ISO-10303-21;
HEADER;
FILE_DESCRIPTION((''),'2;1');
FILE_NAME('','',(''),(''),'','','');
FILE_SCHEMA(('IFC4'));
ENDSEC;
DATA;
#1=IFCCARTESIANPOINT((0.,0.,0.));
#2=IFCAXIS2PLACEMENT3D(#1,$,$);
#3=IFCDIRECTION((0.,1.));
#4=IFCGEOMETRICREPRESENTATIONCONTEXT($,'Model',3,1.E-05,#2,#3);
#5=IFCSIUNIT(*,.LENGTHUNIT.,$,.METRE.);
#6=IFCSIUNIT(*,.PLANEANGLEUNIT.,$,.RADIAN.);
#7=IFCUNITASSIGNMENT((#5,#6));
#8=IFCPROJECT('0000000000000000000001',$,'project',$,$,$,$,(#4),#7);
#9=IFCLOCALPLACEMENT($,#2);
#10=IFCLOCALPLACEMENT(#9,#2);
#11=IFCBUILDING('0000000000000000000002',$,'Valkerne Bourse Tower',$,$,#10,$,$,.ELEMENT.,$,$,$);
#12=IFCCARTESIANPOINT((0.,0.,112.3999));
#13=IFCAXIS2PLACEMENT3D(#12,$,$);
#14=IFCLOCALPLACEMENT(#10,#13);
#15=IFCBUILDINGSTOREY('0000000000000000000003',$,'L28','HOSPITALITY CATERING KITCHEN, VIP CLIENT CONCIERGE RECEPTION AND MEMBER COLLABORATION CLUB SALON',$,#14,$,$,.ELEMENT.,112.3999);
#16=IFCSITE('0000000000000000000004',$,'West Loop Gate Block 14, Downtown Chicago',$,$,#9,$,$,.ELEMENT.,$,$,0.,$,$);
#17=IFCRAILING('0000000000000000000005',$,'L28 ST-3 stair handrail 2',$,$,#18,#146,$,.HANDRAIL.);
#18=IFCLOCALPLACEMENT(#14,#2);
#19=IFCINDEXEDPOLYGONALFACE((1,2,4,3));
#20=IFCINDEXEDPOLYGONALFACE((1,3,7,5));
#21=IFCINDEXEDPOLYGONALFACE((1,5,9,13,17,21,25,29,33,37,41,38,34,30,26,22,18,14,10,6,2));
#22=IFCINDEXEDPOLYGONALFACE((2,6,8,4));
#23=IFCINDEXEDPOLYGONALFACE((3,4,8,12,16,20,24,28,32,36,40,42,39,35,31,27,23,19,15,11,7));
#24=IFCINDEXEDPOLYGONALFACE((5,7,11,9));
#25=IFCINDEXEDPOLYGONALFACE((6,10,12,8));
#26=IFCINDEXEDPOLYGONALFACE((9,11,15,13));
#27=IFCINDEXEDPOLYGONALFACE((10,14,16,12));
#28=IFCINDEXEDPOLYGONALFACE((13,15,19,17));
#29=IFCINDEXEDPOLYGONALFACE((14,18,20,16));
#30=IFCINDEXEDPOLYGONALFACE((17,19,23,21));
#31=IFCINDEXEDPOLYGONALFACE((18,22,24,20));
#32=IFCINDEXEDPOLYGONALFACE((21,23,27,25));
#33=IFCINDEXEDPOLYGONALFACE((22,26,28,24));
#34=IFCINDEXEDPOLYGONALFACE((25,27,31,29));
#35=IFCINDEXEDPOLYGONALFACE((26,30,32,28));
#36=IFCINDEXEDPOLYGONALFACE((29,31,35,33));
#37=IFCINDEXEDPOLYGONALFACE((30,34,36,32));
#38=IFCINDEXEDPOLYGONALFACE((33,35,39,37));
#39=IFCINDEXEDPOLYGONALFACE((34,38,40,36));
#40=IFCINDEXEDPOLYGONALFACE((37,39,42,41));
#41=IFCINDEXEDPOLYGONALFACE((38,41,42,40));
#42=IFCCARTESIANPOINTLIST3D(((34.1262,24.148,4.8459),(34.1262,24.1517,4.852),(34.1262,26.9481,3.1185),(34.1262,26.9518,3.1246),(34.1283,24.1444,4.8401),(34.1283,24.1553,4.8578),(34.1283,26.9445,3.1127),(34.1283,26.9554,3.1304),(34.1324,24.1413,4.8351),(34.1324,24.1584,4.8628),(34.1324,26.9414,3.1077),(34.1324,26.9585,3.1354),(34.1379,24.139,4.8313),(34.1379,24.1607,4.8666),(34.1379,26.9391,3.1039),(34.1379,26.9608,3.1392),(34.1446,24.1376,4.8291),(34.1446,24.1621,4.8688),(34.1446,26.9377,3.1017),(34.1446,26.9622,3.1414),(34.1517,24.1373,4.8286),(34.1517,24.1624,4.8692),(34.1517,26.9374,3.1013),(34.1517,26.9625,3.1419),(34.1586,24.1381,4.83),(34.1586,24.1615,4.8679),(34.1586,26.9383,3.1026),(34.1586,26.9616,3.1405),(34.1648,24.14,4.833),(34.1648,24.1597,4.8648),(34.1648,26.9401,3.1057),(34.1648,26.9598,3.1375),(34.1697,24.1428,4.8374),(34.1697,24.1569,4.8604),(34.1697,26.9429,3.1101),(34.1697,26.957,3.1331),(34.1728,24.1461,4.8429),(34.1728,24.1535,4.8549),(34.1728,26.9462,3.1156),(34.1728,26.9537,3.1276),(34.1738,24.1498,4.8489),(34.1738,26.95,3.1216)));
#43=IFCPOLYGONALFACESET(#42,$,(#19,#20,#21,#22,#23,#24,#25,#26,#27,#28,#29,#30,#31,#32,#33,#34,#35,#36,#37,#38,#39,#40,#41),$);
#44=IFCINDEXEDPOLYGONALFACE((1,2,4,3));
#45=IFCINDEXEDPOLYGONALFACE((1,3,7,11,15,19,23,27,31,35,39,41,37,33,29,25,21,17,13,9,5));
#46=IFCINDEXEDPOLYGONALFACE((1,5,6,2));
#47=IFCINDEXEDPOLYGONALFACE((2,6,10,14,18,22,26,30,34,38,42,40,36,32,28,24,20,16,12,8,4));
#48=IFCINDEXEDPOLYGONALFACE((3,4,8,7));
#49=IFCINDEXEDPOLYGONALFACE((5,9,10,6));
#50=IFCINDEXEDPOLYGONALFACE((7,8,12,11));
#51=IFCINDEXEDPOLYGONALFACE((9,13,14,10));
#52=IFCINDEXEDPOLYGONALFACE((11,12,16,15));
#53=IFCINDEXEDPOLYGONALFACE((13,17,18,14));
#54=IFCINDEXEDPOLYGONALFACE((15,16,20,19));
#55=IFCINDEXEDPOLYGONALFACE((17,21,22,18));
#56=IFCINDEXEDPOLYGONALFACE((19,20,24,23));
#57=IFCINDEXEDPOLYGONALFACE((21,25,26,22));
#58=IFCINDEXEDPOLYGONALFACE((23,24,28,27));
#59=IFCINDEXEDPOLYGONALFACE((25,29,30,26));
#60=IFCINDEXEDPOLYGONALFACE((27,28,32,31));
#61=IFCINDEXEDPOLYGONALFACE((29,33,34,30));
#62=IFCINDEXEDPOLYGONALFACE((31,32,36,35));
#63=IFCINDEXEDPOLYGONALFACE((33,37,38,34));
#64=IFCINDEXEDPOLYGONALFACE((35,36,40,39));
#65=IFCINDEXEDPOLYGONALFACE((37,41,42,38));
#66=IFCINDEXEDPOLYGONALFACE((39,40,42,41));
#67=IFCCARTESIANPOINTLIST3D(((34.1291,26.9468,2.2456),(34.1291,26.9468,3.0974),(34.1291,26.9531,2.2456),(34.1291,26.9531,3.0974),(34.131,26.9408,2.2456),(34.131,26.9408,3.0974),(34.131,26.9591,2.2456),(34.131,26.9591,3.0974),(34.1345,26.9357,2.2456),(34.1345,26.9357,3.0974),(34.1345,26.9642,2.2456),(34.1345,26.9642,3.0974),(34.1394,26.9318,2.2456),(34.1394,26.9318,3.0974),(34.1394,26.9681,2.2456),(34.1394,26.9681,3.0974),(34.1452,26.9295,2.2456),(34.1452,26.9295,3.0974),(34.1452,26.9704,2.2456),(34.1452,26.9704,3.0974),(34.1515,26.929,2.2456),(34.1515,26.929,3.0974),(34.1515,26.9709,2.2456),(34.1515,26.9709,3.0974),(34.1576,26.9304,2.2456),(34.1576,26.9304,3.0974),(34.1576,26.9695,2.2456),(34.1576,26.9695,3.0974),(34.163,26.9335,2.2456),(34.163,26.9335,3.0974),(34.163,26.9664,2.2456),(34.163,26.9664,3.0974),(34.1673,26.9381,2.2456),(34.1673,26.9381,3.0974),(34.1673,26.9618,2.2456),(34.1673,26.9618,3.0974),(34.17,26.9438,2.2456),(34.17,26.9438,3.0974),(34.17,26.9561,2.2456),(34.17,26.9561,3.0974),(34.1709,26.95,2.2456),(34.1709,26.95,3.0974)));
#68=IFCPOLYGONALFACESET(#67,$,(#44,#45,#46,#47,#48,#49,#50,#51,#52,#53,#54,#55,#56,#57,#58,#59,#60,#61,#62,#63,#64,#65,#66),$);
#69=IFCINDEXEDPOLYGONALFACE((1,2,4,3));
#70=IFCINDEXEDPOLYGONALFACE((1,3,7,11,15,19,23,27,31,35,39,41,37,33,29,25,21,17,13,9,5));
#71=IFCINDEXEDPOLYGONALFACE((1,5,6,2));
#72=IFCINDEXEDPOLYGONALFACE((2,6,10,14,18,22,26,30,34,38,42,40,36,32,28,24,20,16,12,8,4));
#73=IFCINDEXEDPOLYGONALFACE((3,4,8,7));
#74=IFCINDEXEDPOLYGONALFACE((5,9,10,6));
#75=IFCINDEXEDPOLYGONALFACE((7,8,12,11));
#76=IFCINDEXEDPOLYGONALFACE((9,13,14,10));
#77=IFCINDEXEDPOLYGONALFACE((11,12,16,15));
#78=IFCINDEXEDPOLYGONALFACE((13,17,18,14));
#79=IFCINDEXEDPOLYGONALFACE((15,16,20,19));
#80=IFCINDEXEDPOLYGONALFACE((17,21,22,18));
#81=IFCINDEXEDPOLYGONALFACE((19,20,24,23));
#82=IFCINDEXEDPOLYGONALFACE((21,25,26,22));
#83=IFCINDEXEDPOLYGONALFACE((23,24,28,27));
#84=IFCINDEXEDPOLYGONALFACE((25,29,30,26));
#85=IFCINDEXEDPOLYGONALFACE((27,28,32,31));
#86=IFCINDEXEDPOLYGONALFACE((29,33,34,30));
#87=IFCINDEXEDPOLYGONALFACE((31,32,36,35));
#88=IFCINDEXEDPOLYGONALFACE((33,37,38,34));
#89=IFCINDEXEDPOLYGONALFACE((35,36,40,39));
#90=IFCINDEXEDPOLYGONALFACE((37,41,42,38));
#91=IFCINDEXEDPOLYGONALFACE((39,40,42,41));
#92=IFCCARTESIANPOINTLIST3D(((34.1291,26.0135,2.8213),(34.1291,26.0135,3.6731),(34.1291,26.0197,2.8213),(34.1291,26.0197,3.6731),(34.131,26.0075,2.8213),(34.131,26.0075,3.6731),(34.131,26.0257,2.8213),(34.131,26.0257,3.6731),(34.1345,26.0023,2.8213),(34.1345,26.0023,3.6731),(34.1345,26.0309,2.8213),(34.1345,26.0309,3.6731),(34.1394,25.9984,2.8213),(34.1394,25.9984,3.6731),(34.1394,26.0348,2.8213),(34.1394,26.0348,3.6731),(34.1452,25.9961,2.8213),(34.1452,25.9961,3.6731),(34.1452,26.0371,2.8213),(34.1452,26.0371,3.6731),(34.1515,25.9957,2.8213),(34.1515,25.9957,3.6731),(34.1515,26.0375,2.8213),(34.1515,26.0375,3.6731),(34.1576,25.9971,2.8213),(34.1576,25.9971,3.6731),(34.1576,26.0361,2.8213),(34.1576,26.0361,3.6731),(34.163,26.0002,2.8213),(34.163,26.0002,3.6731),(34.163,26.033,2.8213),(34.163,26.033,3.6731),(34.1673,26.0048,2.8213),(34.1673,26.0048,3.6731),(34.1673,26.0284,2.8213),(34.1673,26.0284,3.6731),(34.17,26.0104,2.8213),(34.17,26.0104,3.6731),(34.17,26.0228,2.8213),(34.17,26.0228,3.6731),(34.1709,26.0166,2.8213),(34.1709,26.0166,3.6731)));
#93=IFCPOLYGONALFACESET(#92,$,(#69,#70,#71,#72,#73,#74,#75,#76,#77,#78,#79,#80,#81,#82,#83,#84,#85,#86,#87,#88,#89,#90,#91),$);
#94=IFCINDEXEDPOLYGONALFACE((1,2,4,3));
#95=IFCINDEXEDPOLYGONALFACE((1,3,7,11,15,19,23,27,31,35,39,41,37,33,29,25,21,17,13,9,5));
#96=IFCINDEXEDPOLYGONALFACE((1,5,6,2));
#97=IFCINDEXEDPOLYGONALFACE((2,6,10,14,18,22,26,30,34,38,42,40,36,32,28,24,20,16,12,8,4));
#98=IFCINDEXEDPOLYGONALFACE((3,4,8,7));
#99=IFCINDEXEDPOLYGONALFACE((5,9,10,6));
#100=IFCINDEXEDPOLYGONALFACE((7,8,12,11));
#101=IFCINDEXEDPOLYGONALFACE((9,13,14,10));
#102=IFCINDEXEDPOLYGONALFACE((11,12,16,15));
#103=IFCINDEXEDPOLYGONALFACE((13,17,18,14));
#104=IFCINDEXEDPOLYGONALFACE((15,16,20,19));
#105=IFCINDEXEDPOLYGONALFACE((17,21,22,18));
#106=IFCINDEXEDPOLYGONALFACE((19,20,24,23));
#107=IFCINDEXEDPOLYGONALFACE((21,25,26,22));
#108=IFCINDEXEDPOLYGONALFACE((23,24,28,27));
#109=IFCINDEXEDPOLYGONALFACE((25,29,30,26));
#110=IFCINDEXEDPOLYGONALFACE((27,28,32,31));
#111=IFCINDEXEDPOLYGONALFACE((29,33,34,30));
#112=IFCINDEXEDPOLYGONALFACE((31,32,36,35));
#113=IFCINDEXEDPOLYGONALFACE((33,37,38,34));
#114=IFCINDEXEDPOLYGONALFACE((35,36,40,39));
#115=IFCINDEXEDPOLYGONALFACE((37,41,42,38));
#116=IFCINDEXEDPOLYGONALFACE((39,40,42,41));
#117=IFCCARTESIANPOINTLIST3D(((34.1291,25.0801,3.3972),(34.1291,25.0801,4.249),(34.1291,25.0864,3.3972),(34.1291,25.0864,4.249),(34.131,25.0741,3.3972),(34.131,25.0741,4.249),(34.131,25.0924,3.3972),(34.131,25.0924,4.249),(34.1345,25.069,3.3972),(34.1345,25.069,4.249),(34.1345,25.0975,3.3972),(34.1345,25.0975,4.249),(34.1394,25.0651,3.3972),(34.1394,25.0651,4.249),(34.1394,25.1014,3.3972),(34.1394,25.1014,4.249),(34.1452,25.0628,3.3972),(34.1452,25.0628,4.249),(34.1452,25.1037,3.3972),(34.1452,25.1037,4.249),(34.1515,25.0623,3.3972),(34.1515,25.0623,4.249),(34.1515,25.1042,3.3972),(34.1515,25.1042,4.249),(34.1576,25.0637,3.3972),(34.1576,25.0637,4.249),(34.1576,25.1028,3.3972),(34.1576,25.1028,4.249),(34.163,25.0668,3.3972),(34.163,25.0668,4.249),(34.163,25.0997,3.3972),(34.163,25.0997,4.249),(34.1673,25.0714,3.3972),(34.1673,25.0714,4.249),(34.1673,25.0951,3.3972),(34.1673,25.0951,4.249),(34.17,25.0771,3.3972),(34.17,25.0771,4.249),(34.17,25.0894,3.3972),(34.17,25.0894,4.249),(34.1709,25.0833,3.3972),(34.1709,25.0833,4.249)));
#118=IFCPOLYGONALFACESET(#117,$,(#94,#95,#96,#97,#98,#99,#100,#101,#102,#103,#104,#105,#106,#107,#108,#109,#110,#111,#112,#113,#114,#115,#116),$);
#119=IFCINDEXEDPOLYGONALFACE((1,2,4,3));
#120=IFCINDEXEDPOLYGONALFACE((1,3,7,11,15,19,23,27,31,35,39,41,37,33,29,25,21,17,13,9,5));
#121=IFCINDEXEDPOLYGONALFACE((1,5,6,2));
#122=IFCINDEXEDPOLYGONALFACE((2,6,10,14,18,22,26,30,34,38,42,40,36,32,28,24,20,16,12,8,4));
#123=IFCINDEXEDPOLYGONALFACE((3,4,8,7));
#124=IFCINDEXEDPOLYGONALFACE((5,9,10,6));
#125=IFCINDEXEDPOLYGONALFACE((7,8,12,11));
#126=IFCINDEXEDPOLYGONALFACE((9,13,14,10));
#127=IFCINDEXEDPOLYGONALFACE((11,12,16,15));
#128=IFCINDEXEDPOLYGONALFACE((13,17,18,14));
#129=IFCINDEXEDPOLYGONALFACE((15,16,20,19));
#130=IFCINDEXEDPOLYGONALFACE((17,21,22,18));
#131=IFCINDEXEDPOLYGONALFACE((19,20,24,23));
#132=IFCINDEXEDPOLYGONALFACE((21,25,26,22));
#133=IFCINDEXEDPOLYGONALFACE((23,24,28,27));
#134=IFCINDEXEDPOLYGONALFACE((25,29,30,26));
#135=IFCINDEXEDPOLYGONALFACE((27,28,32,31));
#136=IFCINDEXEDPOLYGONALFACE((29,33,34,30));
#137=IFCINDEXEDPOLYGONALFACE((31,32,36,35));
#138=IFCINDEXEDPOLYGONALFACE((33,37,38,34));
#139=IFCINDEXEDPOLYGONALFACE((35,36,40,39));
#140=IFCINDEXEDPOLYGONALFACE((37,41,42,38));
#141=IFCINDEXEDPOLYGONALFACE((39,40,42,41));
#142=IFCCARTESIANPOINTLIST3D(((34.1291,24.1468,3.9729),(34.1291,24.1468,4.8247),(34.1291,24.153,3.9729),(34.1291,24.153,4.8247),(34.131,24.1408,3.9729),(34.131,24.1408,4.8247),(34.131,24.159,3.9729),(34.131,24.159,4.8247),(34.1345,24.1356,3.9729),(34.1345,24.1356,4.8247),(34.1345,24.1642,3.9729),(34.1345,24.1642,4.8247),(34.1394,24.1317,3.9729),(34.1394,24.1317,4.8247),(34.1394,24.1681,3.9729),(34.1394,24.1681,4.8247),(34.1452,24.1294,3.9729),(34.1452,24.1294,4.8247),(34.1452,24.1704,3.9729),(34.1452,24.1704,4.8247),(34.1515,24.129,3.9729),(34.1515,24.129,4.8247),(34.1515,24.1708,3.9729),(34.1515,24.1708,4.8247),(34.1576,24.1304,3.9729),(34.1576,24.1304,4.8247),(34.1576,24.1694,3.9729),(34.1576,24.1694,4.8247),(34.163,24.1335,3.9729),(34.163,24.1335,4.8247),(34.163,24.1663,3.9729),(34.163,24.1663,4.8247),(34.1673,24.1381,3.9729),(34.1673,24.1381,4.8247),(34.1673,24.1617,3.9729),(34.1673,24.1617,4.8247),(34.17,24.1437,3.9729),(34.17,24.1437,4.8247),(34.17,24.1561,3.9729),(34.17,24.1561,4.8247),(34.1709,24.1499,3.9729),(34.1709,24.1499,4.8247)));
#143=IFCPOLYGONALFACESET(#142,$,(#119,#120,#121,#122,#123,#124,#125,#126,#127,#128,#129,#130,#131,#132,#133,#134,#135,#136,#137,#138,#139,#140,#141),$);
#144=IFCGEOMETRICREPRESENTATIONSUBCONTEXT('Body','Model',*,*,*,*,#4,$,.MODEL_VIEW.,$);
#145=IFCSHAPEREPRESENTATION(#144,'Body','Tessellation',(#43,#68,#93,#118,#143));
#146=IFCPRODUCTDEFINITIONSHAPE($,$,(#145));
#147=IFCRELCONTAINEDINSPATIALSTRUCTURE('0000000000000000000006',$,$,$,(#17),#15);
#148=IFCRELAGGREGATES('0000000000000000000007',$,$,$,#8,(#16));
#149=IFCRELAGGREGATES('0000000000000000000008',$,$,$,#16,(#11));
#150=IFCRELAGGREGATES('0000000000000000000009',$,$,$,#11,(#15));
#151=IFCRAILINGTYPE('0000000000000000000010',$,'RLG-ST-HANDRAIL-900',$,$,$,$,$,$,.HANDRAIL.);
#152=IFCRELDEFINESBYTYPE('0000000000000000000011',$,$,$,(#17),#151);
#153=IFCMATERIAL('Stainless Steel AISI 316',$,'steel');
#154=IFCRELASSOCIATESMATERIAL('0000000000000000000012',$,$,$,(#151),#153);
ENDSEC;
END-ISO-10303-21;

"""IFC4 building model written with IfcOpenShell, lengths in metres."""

from ifc_helpers import new_model, si_unit, direction, frame, origin, origin_2d, place, context, subcontext, project, spatial, circle, extrude, material, type_object, element, save


model = new_model("IFC4")

# Units and contexts
model_context = context("Model", 3, precision=1e-05, world=origin(), true_north=direction((0.0, 1.0)))
body_context = subcontext(model_context, "Body", "Model", "MODEL_VIEW")
ifc_project = project(units=[si_unit("LENGTHUNIT", "METRE"), si_unit("PLANEANGLEUNIT", "RADIAN")], contexts=[model_context])

# Site, building, storey
site_placement = place(None, origin())
site = spatial("IfcSite", under=ifc_project, at=site_placement, Name="West Loop Gate Block 14, Downtown Chicago", CompositionType="ELEMENT", RefElevation=0.0)
building_placement = place(site_placement, origin())
building = spatial("IfcBuilding", under=site, at=building_placement, Name="Valkerne Bourse Tower", CompositionType="ELEMENT")
storey_placement = place(building_placement, frame((0.0, 0.0, 112.3999)))
storey = spatial("IfcBuildingStorey", under=building, at=storey_placement, Name="L28", Description="HOSPITALITY CATERING KITCHEN, VIP CLIENT CONCIERGE RECEPTION AND MEMBER COLLABORATION CLUB SALON", CompositionType="ELEMENT", Elevation=112.3999)

# Railing
ifc_material_1 = material(Name="Stainless Steel AISI 316", Category="steel")
railing_type_1 = type_object("IfcRailingType", Name="RLG-ST-HANDRAIL-900", PredefinedType="HANDRAIL", material=ifc_material_1)
railing_1_placement = place(storey_placement, frame((34.1499, 26.95, 2.2456)))
element("IfcRailing", 1, at=railing_1_placement, inside=storey, type_object=railing_type_1, Name="L28 ST-3 stair handrail 2", PredefinedType="HANDRAIL", context=body_context, shape_type="SweptSolid", body=[
    extrude(circle(Radius=0.0239, at=origin_2d()), frame((0.0, 0.0, 0.876), z_axis=(0.0, -0.85109, 0.52502), x_axis=(1.0, 0.0, 0.0)), (0.0, 0.0, 1.0), 3.29),
    extrude(circle(Radius=0.021, at=origin_2d()), origin(), (0.0, 0.0, 1.0), 0.8518),
    extrude(circle(Radius=0.021, at=origin_2d()), frame((0.0, -0.9333, 0.5757)), (0.0, 0.0, 1.0), 0.8518),
    extrude(circle(Radius=0.021, at=origin_2d()), frame((0.0, -1.8667, 1.1516)), (0.0, 0.0, 1.0), 0.8518),
    extrude(circle(Radius=0.021, at=origin_2d()), frame((0.0, -2.8, 1.7273)), (0.0, 0.0, 1.0), 0.8518),
])

save(model, "model.ifc")
